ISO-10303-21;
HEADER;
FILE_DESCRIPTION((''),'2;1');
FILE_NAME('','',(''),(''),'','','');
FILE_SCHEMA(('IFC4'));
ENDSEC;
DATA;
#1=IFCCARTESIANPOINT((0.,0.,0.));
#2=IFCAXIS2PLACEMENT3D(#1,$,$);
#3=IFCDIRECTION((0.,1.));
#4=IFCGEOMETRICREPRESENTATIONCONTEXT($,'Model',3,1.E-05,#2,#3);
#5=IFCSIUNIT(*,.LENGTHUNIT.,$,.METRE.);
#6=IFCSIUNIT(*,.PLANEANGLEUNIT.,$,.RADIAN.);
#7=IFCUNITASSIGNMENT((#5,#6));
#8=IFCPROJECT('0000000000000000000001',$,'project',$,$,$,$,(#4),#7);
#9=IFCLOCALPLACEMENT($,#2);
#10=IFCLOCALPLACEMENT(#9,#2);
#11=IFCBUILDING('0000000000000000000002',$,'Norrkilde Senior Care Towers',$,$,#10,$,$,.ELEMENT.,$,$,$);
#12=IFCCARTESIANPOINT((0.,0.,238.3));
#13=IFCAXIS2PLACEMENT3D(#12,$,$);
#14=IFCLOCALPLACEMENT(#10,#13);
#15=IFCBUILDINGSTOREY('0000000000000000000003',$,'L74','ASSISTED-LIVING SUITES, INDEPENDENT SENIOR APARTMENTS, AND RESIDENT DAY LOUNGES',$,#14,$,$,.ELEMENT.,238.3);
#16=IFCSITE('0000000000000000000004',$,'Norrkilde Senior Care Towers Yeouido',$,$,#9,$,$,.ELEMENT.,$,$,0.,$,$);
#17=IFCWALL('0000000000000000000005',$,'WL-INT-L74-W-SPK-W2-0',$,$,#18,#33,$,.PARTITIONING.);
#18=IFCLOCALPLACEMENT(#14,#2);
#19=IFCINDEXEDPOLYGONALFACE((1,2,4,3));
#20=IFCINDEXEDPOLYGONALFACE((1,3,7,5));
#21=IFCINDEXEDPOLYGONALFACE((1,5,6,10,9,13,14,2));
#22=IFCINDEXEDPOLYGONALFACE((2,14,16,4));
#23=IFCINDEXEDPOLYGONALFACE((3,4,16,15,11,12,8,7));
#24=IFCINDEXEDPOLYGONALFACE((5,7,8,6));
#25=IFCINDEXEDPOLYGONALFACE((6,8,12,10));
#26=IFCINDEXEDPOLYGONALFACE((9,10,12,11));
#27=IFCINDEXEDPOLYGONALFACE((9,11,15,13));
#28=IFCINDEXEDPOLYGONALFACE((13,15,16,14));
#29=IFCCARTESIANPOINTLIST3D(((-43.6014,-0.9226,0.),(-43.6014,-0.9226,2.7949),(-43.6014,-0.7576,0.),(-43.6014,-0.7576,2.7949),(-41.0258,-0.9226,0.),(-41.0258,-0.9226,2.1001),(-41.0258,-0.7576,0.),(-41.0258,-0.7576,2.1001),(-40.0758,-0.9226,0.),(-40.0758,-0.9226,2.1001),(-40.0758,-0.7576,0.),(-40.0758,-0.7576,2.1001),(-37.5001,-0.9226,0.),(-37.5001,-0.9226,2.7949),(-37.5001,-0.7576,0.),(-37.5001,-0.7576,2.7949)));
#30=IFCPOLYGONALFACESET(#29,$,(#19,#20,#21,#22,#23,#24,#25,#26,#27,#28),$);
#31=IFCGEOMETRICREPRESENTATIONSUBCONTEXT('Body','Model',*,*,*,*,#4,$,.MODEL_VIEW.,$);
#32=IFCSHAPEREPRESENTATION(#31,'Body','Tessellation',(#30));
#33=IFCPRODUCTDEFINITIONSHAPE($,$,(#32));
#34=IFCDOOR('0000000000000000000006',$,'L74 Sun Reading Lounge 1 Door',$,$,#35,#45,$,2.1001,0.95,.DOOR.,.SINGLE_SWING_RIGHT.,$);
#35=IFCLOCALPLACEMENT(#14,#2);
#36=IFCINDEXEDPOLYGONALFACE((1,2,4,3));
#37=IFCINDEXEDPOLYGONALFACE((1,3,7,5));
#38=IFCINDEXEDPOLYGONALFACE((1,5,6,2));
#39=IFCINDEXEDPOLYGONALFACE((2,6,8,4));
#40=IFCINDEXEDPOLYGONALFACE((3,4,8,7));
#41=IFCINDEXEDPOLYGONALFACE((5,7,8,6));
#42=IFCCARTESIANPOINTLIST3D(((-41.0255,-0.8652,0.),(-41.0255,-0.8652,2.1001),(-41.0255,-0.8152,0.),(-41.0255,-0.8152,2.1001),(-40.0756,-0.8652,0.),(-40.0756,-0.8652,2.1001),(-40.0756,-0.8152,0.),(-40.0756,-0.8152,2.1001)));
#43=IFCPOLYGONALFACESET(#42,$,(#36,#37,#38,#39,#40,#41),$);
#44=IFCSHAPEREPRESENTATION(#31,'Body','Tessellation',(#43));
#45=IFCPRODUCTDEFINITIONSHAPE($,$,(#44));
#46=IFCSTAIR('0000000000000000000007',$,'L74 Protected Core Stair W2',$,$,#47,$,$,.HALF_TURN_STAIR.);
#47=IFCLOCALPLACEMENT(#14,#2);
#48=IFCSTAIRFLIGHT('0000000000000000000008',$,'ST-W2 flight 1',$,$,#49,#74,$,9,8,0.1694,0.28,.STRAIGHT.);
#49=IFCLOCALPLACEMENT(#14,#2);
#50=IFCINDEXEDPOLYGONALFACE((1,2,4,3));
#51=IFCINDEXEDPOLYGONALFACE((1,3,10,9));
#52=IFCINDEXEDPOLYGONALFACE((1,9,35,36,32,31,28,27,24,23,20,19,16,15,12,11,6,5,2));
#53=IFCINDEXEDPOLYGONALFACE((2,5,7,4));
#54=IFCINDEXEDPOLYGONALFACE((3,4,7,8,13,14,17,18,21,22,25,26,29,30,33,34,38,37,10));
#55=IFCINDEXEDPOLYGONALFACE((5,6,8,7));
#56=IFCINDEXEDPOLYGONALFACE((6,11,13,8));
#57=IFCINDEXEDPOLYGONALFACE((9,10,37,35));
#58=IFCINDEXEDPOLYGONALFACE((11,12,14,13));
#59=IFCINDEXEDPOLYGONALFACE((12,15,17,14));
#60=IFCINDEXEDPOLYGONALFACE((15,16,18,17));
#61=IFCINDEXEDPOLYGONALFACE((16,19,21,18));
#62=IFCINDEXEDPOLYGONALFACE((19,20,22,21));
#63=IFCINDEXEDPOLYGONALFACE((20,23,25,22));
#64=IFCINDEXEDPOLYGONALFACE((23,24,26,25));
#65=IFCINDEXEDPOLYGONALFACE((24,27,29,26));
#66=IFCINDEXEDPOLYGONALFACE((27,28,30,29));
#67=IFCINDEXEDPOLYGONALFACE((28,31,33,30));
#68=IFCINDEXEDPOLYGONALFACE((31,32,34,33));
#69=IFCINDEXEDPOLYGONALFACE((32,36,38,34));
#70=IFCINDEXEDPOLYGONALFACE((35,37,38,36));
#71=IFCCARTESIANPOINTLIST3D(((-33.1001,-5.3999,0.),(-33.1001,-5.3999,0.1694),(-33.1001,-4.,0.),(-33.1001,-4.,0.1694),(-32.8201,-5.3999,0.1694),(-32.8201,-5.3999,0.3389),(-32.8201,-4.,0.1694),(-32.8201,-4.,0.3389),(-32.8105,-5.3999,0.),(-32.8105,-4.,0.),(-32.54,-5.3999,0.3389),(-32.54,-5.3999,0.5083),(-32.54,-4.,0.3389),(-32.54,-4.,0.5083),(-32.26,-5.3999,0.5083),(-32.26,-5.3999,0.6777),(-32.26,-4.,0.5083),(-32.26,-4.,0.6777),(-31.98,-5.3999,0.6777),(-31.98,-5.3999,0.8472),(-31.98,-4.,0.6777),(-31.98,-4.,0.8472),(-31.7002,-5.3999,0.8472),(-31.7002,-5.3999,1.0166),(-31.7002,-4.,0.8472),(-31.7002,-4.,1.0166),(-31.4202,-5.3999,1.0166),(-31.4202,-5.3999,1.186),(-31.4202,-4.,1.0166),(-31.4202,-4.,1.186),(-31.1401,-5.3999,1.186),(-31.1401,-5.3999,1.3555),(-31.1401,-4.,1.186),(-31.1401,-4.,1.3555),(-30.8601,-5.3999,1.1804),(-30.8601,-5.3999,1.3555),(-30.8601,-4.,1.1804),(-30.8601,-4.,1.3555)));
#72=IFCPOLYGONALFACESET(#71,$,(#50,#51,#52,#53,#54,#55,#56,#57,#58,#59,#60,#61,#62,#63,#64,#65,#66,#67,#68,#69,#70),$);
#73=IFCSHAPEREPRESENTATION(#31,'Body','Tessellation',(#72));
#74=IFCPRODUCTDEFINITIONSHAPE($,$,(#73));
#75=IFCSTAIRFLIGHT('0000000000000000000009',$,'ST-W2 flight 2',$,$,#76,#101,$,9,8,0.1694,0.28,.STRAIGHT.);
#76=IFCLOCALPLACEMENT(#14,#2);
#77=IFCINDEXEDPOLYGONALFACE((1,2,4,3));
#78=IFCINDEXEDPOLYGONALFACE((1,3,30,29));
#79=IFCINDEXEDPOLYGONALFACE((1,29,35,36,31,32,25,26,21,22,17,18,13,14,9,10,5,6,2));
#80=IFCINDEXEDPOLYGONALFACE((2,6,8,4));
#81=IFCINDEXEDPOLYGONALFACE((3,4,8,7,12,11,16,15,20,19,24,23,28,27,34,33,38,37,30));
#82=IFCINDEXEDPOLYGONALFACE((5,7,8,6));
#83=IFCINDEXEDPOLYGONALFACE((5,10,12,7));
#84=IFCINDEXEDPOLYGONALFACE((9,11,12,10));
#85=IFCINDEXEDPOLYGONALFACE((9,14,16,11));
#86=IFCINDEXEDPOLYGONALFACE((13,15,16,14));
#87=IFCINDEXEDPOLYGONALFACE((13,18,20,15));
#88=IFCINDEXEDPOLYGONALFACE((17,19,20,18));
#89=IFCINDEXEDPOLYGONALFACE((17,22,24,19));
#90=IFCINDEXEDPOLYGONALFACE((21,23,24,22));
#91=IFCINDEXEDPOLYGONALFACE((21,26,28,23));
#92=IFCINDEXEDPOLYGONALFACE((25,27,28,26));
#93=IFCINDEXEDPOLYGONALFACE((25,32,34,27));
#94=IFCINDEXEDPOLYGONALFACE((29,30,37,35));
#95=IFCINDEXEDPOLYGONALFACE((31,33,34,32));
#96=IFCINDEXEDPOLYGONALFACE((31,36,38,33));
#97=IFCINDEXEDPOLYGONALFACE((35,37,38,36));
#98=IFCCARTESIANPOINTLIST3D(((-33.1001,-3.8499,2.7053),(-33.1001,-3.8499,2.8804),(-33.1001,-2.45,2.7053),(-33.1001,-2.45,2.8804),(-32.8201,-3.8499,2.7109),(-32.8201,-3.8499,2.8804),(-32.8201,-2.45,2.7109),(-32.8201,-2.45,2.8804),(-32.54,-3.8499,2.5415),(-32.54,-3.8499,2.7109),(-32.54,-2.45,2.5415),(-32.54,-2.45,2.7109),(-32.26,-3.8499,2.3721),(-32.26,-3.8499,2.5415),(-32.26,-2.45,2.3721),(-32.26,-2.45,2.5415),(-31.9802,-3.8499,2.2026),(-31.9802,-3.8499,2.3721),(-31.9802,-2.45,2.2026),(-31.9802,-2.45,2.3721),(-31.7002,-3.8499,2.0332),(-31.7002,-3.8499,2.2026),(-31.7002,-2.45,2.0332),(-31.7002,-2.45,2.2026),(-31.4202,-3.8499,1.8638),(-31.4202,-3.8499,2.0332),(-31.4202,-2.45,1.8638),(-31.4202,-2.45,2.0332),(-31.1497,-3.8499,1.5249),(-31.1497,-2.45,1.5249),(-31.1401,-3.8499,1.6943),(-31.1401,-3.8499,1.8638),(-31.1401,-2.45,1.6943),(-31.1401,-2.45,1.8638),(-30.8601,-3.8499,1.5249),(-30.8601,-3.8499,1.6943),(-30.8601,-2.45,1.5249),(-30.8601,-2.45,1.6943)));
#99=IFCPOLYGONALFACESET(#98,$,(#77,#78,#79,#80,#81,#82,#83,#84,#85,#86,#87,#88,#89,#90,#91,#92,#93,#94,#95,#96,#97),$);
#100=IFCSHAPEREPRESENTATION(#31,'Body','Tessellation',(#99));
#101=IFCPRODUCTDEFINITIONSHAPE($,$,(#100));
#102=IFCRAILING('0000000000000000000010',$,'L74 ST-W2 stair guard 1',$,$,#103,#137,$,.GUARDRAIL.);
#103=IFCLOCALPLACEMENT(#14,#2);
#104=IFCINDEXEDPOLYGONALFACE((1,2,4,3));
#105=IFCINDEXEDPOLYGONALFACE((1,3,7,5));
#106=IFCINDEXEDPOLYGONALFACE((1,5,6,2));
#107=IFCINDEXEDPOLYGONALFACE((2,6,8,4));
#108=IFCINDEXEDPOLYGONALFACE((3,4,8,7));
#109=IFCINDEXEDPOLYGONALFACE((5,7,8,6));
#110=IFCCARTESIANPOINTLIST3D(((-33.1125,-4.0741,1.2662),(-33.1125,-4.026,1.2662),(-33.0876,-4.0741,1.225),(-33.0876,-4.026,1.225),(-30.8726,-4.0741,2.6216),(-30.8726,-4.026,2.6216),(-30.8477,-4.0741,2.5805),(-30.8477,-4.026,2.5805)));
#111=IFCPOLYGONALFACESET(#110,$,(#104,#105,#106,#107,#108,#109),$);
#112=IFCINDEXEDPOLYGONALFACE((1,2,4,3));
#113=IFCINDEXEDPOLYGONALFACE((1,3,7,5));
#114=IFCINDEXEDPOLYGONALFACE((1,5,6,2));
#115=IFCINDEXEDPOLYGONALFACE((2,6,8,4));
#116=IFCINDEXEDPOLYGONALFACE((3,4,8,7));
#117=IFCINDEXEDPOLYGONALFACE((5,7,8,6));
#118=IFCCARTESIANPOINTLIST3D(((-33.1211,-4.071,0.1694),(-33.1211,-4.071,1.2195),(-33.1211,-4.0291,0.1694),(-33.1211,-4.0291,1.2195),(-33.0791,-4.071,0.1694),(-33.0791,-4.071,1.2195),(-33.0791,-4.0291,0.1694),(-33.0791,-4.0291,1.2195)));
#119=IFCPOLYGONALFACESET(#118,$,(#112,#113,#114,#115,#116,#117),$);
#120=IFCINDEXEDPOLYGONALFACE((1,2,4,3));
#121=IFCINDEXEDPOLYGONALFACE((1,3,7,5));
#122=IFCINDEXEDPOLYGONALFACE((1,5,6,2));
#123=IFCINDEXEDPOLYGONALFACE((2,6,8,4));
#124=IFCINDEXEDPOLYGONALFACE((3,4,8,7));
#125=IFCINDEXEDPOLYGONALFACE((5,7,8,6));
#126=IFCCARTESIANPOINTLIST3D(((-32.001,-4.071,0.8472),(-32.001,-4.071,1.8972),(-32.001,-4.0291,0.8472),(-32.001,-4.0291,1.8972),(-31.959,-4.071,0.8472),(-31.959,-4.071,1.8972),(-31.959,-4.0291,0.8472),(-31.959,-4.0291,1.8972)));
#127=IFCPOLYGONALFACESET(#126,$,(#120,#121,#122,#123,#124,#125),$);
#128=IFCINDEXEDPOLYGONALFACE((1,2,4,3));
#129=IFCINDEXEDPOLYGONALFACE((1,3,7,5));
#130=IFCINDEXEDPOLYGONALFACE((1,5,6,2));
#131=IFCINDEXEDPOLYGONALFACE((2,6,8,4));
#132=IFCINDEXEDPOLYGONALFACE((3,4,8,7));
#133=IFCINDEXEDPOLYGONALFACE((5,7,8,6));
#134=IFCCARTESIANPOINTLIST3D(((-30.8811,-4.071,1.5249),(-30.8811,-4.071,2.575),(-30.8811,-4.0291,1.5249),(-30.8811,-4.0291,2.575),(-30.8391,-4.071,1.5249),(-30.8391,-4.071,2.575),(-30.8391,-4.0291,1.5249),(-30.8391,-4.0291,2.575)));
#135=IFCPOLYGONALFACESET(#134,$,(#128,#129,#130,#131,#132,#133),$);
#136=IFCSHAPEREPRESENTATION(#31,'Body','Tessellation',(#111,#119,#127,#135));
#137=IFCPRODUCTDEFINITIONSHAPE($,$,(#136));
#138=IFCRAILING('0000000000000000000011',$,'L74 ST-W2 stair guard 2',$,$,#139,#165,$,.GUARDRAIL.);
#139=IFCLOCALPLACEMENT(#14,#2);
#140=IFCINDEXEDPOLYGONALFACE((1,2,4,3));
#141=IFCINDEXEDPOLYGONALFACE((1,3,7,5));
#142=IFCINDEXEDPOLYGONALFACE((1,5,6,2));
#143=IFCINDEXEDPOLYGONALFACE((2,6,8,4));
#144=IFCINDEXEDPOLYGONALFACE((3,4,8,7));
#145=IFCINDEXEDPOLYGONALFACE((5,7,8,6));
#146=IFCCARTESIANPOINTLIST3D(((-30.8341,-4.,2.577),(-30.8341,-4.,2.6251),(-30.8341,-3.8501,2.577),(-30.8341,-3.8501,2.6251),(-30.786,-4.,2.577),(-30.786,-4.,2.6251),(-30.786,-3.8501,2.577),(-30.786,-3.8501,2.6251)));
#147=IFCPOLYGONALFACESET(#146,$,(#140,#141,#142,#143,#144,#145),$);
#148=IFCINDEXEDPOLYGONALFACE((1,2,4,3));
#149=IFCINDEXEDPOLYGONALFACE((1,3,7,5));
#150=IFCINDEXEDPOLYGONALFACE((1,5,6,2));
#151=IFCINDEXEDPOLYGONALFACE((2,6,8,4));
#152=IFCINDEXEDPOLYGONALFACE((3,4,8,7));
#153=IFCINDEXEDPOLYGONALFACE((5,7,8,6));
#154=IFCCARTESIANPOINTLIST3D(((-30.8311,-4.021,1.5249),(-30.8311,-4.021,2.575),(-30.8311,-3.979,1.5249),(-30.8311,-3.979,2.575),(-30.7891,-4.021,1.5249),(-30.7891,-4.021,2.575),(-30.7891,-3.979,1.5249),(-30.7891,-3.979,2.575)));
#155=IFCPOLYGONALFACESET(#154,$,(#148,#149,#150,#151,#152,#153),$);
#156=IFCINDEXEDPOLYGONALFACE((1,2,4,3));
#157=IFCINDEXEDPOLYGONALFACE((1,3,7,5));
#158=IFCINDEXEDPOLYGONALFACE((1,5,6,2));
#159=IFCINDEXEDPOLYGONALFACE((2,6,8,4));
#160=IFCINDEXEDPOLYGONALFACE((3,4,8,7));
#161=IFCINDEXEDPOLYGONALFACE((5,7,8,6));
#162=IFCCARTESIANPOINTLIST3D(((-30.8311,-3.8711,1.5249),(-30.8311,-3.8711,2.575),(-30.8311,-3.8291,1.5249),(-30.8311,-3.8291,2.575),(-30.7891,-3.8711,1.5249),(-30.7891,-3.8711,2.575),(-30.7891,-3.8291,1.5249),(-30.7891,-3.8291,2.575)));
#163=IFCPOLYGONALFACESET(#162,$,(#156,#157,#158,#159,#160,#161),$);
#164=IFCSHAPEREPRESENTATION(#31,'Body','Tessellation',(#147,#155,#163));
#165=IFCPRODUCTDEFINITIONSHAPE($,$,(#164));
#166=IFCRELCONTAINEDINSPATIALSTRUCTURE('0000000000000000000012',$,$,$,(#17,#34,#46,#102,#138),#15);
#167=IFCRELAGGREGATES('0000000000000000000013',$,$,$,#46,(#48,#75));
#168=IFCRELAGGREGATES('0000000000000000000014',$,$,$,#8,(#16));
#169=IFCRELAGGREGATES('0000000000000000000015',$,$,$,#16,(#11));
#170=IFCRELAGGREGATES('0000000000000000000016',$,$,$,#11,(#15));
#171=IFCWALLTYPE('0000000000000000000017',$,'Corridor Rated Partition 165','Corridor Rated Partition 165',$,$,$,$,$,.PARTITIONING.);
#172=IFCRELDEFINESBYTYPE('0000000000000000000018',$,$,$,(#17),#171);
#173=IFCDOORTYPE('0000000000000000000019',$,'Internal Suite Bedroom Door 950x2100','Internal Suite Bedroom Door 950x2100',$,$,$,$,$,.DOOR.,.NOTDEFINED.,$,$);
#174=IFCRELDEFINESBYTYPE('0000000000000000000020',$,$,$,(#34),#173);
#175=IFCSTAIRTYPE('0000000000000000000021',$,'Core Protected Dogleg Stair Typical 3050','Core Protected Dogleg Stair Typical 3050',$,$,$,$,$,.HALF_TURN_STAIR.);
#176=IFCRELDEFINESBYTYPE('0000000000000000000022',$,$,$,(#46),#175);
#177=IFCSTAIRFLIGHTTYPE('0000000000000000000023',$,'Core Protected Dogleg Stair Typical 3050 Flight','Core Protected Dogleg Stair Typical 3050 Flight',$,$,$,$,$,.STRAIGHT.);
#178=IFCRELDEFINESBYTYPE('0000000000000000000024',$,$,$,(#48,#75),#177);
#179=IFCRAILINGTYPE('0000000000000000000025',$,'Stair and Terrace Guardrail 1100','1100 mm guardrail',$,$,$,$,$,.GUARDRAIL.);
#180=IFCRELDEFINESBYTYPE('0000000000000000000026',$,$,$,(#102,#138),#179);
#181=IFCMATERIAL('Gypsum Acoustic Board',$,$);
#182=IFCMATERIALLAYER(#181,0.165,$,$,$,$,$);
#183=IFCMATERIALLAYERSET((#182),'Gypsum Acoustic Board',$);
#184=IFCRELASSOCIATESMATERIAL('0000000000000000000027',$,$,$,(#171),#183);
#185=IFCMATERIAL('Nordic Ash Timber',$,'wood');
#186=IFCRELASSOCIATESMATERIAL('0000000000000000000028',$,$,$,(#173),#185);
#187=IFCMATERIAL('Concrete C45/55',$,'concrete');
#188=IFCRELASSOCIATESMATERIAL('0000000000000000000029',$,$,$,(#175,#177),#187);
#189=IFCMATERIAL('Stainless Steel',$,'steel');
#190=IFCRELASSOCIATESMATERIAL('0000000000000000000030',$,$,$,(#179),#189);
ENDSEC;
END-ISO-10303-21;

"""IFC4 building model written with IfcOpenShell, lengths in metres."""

from ifc_helpers import new_model, si_unit, direction, frame, frame_2d, origin, origin_2d, place, context, subcontext, project, spatial, polyline, rectangle, outline, extrude, source, transform, mapped, material, layer, layer_set, type_object, type_shapes, element, fill, aggregate, save


model = new_model("IFC4")

# Units and contexts
model_context = context("Model", 3, precision=1e-05, world=origin(), true_north=direction((0.0, 1.0)))
body_context = subcontext(model_context, "Body", "Model", "MODEL_VIEW")
ifc_project = project(units=[si_unit("LENGTHUNIT", "METRE"), si_unit("PLANEANGLEUNIT", "RADIAN")], contexts=[model_context])

# Site, building, storey
site_placement = place(None, origin())
site = spatial("IfcSite", under=ifc_project, at=site_placement, Name="Norrkilde Senior Care Towers Yeouido", CompositionType="ELEMENT", RefElevation=0.0)
building_placement = place(site_placement, origin())
building = spatial("IfcBuilding", under=site, at=building_placement, Name="Norrkilde Senior Care Towers", CompositionType="ELEMENT")
storey_placement = place(building_placement, frame((0.0, 0.0, 238.3)))
storey = spatial("IfcBuildingStorey", under=building, at=storey_placement, Name="L74", Description="ASSISTED-LIVING SUITES, INDEPENDENT SENIOR APARTMENTS, AND RESIDENT DAY LOUNGES", CompositionType="ELEMENT", Elevation=238.3)

# Shared definitions
ifc_material_1 = material(Name="Concrete C45/55", Category="concrete")

# Shared definitions
ifc_material_2 = material(Name="Gypsum Acoustic Board")

# Shared definitions
ifc_layer_1 = layer(ifc_material_2, 0.165)
ifc_layer_set_1 = layer_set([ifc_layer_1], Name="Gypsum Acoustic Board")
wall_type_1 = type_object("IfcWallType", Name="Corridor Rated Partition 165", Description="Corridor Rated Partition 165", PredefinedType="PARTITIONING", material=ifc_layer_set_1)

# Wall, opening, door
shared_shape_1 = source(origin(), body_context, "Body", "SweptSolid", [
    extrude(rectangle(XDim=6.1013, YDim=0.165, at=frame_2d((3.0508, 0.0))), origin(), (0.0, 0.0, 1.0), 2.7949),
])
wall_1_placement = place(storey_placement, frame((-37.5, -0.8401, 0.0), z_axis=(0.0, 0.0, 1.0), x_axis=(-1.0, 0.0, 0.0)))
wall_1 = element("IfcWall", 1, at=wall_1_placement, inside=storey, type_object=wall_type_1, Name="WL-INT-L74-W-SPK-W2-0", PredefinedType="PARTITIONING", context=body_context, shape_type="MappedRepresentation", body=[
    mapped(shared_shape_1, transform((0.0, 0.0, 0.0), x_axis=(1.0, 0.0, 0.0), y_axis=(0.0, 1.0, 0.0), z_axis=(0.0, 0.0, 1.0), scale=1.0)),
])
opening_1_placement = place(wall_1_placement, frame((2.5757, 0.0, 0.0)))
opening_1 = element("IfcOpeningElement", 2, at=opening_1_placement, cuts=wall_1, PredefinedType="OPENING", context=body_context, shape_type="SweptSolid", body=[
    extrude(rectangle(XDim=0.95, YDim=2.1001, at=frame_2d((0.4751, 1.05))), frame((0.0, 0.0925, 0.0), z_axis=(0.0, -1.0, 0.0), x_axis=(1.0, 0.0, 0.0)), (0.0, 0.0, 1.0), 0.1851),
])
ifc_material_3 = material(Name="Nordic Ash Timber", Category="wood")
door_type_1 = type_object("IfcDoorType", Name="Internal Suite Bedroom Door 950x2100", Description="Internal Suite Bedroom Door 950x2100", OperationType="NOTDEFINED", PredefinedType="DOOR", material=ifc_material_3)
shared_shape_2 = source(origin(), body_context, "Body", "SweptSolid", [
    extrude(rectangle(XDim=0.95, YDim=2.1001, at=frame_2d((0.4751, 1.05))), frame((0.0, 0.0249, 0.0), z_axis=(0.0, -1.0, 0.0), x_axis=(1.0, 0.0, 0.0)), (0.0, 0.0, 1.0), 0.05),
])
type_shapes(door_type_1, [shared_shape_2])
door_1_placement = place(opening_1_placement, frame((0.95, 0.0, 0.0), z_axis=(0.0, 0.0, 1.0), x_axis=(-1.0, 0.0, 0.0)))
door_1 = element("IfcDoor", 3, at=door_1_placement, inside=storey, type_object=door_type_1, Name="L74 Sun Reading Lounge 1 Door", OperationType="SINGLE_SWING_RIGHT", OverallHeight=2.1001, OverallWidth=0.95, PredefinedType="DOOR", context=body_context, shape_type="MappedRepresentation", body=[
    mapped(shared_shape_2, transform((0.0, 0.0, 0.0), x_axis=(1.0, 0.0, 0.0), y_axis=(0.0, 1.0, 0.0), z_axis=(0.0, 0.0, 1.0), scale=1.0)),
])
fill(opening_1, door_1)

# Stair, stair flights
stair_type = type_object("IfcStairType", Name="Core Protected Dogleg Stair Typical 3050", Description="Core Protected Dogleg Stair Typical 3050", PredefinedType="HALF_TURN_STAIR", material=ifc_material_1)
stair_placement = place(storey_placement, origin())
stair = element("IfcStair", 4, at=stair_placement, inside=storey, type_object=stair_type, Name="L74 Protected Core Stair W2", PredefinedType="HALF_TURN_STAIR")
stair_flight_type = type_object("IfcStairFlightType", Name="Core Protected Dogleg Stair Typical 3050 Flight", Description="Core Protected Dogleg Stair Typical 3050 Flight", PredefinedType="STRAIGHT", material=ifc_material_1)
stair_flight_1_placement = place(storey_placement, frame((-33.1001, -4.7, 0.0), z_axis=(0.0, 0.0, 1.0), x_axis=(1.0, 0.0, 0.0)))
stair_flight_1 = element("IfcStairFlight", 5, at=stair_flight_1_placement, type_object=stair_flight_type, Name="ST-W2 flight 1", NumberOfRisers=9, NumberOfTreads=8, PredefinedType="STRAIGHT", RiserHeight=0.1694, TreadLength=0.28, context=body_context, shape_type="SweptSolid", body=[
    extrude(outline(polyline([(0.0, 0.0), (0.0, 0.1694), (0.28, 0.1694), (0.28, 0.3389), (0.5601, 0.3389), (0.5601, 0.5083), (0.8401, 0.5083), (0.8401, 0.6777), (1.1201, 0.6777), (1.1201, 0.8472), (1.3999, 0.8472), (1.3999, 1.0166), (1.6799, 1.0166), (1.6799, 1.186), (1.96, 1.186), (1.96, 1.3555), (2.24, 1.3555), (2.24, 1.5249), (2.24, 1.1804), (0.2896, 0.0), (0.0, 0.0)])), frame((0.0, 0.7, 0.0), z_axis=(0.0, -1.0, 0.0), x_axis=(1.0, 0.0, 0.0)), (0.0, 0.0, 1.0), 1.3999),
])
stair_flight_2_placement = place(storey_placement, frame((-30.8601, -3.1499, 1.5249), z_axis=(0.0, 0.0, 1.0), x_axis=(-1.0, 0.0, 0.0)))
stair_flight_2 = element("IfcStairFlight", 6, at=stair_flight_2_placement, type_object=stair_flight_type, Name="ST-W2 flight 2", NumberOfRisers=9, NumberOfTreads=8, PredefinedType="STRAIGHT", RiserHeight=0.1694, TreadLength=0.28, context=body_context, shape_type="SweptSolid", body=[
    extrude(outline(polyline([(0.0, 0.0), (0.0, 0.1694), (0.28, 0.1694), (0.28, 0.3389), (0.5601, 0.3389), (0.5601, 0.5083), (0.8401, 0.5083), (0.8401, 0.6777), (1.1201, 0.6777), (1.1201, 0.8472), (1.3999, 0.8472), (1.3999, 1.0166), (1.6799, 1.0166), (1.6799, 1.186), (1.96, 1.186), (1.96, 1.3555), (2.24, 1.3555), (2.24, 1.5249), (2.24, 1.1804), (0.2896, 0.0), (0.0, 0.0)])), frame((0.0, 0.7, 0.0), z_axis=(0.0, -1.0, 0.0), x_axis=(1.0, 0.0, 0.0)), (0.0, 0.0, 1.0), 1.3999),
])
aggregate(stair, [stair_flight_1, stair_flight_2])

# Railings
ifc_material_4 = material(Name="Stainless Steel", Category="steel")
railing_type_1 = type_object("IfcRailingType", Name="Stair and Terrace Guardrail 1100", Description="1100 mm guardrail", PredefinedType="GUARDRAIL", material=ifc_material_4)
railing_1_placement = place(storey_placement, frame((-33.1001, -4.05, 0.1694)))
element("IfcRailing", 7, at=railing_1_placement, inside=storey, type_object=railing_type_1, Name="L74 ST-W2 stair guard 1", PredefinedType="GUARDRAIL", context=body_context, shape_type="SweptSolid", body=[
    extrude(rectangle(XDim=0.0481, YDim=0.0481, at=origin_2d()), frame((0.0, 0.0, 1.0762), z_axis=(0.855553, 0.0, 0.517715), x_axis=(0.0, 1.0, 0.0)), (0.0, 0.0, 1.0), 2.6182),
    extrude(rectangle(XDim=0.042, YDim=0.042, at=origin_2d()), origin(), (0.0, 0.0, 1.0), 1.05),
    extrude(rectangle(XDim=0.042, YDim=0.042, at=origin_2d()), frame((1.1201, 0.0, 0.6777)), (0.0, 0.0, 1.0), 1.05),
    extrude(rectangle(XDim=0.042, YDim=0.042, at=origin_2d()), frame((2.24, 0.0, 1.3555)), (0.0, 0.0, 1.0), 1.05),
])
railing_2_placement = place(storey_placement, frame((-30.8101, -4.0, 1.5249)))
element("IfcRailing", 8, at=railing_2_placement, inside=storey, type_object=railing_type_1, Name="L74 ST-W2 stair guard 2", PredefinedType="GUARDRAIL", context=body_context, shape_type="SweptSolid", body=[
    extrude(rectangle(XDim=0.0481, YDim=0.0481, at=origin_2d()), frame((0.0, 0.0, 1.0762), z_axis=(0.0, 1.0, 0.0), x_axis=(-1.0, 0.0, 0.0)), (0.0, 0.0, 1.0), 0.1499),
    extrude(rectangle(XDim=0.042, YDim=0.042, at=origin_2d()), origin(), (0.0, 0.0, 1.0), 1.05),
    extrude(rectangle(XDim=0.042, YDim=0.042, at=origin_2d()), frame((0.0, 0.1499, 0.0)), (0.0, 0.0, 1.0), 1.05),
])

save(model, "model.ifc")
